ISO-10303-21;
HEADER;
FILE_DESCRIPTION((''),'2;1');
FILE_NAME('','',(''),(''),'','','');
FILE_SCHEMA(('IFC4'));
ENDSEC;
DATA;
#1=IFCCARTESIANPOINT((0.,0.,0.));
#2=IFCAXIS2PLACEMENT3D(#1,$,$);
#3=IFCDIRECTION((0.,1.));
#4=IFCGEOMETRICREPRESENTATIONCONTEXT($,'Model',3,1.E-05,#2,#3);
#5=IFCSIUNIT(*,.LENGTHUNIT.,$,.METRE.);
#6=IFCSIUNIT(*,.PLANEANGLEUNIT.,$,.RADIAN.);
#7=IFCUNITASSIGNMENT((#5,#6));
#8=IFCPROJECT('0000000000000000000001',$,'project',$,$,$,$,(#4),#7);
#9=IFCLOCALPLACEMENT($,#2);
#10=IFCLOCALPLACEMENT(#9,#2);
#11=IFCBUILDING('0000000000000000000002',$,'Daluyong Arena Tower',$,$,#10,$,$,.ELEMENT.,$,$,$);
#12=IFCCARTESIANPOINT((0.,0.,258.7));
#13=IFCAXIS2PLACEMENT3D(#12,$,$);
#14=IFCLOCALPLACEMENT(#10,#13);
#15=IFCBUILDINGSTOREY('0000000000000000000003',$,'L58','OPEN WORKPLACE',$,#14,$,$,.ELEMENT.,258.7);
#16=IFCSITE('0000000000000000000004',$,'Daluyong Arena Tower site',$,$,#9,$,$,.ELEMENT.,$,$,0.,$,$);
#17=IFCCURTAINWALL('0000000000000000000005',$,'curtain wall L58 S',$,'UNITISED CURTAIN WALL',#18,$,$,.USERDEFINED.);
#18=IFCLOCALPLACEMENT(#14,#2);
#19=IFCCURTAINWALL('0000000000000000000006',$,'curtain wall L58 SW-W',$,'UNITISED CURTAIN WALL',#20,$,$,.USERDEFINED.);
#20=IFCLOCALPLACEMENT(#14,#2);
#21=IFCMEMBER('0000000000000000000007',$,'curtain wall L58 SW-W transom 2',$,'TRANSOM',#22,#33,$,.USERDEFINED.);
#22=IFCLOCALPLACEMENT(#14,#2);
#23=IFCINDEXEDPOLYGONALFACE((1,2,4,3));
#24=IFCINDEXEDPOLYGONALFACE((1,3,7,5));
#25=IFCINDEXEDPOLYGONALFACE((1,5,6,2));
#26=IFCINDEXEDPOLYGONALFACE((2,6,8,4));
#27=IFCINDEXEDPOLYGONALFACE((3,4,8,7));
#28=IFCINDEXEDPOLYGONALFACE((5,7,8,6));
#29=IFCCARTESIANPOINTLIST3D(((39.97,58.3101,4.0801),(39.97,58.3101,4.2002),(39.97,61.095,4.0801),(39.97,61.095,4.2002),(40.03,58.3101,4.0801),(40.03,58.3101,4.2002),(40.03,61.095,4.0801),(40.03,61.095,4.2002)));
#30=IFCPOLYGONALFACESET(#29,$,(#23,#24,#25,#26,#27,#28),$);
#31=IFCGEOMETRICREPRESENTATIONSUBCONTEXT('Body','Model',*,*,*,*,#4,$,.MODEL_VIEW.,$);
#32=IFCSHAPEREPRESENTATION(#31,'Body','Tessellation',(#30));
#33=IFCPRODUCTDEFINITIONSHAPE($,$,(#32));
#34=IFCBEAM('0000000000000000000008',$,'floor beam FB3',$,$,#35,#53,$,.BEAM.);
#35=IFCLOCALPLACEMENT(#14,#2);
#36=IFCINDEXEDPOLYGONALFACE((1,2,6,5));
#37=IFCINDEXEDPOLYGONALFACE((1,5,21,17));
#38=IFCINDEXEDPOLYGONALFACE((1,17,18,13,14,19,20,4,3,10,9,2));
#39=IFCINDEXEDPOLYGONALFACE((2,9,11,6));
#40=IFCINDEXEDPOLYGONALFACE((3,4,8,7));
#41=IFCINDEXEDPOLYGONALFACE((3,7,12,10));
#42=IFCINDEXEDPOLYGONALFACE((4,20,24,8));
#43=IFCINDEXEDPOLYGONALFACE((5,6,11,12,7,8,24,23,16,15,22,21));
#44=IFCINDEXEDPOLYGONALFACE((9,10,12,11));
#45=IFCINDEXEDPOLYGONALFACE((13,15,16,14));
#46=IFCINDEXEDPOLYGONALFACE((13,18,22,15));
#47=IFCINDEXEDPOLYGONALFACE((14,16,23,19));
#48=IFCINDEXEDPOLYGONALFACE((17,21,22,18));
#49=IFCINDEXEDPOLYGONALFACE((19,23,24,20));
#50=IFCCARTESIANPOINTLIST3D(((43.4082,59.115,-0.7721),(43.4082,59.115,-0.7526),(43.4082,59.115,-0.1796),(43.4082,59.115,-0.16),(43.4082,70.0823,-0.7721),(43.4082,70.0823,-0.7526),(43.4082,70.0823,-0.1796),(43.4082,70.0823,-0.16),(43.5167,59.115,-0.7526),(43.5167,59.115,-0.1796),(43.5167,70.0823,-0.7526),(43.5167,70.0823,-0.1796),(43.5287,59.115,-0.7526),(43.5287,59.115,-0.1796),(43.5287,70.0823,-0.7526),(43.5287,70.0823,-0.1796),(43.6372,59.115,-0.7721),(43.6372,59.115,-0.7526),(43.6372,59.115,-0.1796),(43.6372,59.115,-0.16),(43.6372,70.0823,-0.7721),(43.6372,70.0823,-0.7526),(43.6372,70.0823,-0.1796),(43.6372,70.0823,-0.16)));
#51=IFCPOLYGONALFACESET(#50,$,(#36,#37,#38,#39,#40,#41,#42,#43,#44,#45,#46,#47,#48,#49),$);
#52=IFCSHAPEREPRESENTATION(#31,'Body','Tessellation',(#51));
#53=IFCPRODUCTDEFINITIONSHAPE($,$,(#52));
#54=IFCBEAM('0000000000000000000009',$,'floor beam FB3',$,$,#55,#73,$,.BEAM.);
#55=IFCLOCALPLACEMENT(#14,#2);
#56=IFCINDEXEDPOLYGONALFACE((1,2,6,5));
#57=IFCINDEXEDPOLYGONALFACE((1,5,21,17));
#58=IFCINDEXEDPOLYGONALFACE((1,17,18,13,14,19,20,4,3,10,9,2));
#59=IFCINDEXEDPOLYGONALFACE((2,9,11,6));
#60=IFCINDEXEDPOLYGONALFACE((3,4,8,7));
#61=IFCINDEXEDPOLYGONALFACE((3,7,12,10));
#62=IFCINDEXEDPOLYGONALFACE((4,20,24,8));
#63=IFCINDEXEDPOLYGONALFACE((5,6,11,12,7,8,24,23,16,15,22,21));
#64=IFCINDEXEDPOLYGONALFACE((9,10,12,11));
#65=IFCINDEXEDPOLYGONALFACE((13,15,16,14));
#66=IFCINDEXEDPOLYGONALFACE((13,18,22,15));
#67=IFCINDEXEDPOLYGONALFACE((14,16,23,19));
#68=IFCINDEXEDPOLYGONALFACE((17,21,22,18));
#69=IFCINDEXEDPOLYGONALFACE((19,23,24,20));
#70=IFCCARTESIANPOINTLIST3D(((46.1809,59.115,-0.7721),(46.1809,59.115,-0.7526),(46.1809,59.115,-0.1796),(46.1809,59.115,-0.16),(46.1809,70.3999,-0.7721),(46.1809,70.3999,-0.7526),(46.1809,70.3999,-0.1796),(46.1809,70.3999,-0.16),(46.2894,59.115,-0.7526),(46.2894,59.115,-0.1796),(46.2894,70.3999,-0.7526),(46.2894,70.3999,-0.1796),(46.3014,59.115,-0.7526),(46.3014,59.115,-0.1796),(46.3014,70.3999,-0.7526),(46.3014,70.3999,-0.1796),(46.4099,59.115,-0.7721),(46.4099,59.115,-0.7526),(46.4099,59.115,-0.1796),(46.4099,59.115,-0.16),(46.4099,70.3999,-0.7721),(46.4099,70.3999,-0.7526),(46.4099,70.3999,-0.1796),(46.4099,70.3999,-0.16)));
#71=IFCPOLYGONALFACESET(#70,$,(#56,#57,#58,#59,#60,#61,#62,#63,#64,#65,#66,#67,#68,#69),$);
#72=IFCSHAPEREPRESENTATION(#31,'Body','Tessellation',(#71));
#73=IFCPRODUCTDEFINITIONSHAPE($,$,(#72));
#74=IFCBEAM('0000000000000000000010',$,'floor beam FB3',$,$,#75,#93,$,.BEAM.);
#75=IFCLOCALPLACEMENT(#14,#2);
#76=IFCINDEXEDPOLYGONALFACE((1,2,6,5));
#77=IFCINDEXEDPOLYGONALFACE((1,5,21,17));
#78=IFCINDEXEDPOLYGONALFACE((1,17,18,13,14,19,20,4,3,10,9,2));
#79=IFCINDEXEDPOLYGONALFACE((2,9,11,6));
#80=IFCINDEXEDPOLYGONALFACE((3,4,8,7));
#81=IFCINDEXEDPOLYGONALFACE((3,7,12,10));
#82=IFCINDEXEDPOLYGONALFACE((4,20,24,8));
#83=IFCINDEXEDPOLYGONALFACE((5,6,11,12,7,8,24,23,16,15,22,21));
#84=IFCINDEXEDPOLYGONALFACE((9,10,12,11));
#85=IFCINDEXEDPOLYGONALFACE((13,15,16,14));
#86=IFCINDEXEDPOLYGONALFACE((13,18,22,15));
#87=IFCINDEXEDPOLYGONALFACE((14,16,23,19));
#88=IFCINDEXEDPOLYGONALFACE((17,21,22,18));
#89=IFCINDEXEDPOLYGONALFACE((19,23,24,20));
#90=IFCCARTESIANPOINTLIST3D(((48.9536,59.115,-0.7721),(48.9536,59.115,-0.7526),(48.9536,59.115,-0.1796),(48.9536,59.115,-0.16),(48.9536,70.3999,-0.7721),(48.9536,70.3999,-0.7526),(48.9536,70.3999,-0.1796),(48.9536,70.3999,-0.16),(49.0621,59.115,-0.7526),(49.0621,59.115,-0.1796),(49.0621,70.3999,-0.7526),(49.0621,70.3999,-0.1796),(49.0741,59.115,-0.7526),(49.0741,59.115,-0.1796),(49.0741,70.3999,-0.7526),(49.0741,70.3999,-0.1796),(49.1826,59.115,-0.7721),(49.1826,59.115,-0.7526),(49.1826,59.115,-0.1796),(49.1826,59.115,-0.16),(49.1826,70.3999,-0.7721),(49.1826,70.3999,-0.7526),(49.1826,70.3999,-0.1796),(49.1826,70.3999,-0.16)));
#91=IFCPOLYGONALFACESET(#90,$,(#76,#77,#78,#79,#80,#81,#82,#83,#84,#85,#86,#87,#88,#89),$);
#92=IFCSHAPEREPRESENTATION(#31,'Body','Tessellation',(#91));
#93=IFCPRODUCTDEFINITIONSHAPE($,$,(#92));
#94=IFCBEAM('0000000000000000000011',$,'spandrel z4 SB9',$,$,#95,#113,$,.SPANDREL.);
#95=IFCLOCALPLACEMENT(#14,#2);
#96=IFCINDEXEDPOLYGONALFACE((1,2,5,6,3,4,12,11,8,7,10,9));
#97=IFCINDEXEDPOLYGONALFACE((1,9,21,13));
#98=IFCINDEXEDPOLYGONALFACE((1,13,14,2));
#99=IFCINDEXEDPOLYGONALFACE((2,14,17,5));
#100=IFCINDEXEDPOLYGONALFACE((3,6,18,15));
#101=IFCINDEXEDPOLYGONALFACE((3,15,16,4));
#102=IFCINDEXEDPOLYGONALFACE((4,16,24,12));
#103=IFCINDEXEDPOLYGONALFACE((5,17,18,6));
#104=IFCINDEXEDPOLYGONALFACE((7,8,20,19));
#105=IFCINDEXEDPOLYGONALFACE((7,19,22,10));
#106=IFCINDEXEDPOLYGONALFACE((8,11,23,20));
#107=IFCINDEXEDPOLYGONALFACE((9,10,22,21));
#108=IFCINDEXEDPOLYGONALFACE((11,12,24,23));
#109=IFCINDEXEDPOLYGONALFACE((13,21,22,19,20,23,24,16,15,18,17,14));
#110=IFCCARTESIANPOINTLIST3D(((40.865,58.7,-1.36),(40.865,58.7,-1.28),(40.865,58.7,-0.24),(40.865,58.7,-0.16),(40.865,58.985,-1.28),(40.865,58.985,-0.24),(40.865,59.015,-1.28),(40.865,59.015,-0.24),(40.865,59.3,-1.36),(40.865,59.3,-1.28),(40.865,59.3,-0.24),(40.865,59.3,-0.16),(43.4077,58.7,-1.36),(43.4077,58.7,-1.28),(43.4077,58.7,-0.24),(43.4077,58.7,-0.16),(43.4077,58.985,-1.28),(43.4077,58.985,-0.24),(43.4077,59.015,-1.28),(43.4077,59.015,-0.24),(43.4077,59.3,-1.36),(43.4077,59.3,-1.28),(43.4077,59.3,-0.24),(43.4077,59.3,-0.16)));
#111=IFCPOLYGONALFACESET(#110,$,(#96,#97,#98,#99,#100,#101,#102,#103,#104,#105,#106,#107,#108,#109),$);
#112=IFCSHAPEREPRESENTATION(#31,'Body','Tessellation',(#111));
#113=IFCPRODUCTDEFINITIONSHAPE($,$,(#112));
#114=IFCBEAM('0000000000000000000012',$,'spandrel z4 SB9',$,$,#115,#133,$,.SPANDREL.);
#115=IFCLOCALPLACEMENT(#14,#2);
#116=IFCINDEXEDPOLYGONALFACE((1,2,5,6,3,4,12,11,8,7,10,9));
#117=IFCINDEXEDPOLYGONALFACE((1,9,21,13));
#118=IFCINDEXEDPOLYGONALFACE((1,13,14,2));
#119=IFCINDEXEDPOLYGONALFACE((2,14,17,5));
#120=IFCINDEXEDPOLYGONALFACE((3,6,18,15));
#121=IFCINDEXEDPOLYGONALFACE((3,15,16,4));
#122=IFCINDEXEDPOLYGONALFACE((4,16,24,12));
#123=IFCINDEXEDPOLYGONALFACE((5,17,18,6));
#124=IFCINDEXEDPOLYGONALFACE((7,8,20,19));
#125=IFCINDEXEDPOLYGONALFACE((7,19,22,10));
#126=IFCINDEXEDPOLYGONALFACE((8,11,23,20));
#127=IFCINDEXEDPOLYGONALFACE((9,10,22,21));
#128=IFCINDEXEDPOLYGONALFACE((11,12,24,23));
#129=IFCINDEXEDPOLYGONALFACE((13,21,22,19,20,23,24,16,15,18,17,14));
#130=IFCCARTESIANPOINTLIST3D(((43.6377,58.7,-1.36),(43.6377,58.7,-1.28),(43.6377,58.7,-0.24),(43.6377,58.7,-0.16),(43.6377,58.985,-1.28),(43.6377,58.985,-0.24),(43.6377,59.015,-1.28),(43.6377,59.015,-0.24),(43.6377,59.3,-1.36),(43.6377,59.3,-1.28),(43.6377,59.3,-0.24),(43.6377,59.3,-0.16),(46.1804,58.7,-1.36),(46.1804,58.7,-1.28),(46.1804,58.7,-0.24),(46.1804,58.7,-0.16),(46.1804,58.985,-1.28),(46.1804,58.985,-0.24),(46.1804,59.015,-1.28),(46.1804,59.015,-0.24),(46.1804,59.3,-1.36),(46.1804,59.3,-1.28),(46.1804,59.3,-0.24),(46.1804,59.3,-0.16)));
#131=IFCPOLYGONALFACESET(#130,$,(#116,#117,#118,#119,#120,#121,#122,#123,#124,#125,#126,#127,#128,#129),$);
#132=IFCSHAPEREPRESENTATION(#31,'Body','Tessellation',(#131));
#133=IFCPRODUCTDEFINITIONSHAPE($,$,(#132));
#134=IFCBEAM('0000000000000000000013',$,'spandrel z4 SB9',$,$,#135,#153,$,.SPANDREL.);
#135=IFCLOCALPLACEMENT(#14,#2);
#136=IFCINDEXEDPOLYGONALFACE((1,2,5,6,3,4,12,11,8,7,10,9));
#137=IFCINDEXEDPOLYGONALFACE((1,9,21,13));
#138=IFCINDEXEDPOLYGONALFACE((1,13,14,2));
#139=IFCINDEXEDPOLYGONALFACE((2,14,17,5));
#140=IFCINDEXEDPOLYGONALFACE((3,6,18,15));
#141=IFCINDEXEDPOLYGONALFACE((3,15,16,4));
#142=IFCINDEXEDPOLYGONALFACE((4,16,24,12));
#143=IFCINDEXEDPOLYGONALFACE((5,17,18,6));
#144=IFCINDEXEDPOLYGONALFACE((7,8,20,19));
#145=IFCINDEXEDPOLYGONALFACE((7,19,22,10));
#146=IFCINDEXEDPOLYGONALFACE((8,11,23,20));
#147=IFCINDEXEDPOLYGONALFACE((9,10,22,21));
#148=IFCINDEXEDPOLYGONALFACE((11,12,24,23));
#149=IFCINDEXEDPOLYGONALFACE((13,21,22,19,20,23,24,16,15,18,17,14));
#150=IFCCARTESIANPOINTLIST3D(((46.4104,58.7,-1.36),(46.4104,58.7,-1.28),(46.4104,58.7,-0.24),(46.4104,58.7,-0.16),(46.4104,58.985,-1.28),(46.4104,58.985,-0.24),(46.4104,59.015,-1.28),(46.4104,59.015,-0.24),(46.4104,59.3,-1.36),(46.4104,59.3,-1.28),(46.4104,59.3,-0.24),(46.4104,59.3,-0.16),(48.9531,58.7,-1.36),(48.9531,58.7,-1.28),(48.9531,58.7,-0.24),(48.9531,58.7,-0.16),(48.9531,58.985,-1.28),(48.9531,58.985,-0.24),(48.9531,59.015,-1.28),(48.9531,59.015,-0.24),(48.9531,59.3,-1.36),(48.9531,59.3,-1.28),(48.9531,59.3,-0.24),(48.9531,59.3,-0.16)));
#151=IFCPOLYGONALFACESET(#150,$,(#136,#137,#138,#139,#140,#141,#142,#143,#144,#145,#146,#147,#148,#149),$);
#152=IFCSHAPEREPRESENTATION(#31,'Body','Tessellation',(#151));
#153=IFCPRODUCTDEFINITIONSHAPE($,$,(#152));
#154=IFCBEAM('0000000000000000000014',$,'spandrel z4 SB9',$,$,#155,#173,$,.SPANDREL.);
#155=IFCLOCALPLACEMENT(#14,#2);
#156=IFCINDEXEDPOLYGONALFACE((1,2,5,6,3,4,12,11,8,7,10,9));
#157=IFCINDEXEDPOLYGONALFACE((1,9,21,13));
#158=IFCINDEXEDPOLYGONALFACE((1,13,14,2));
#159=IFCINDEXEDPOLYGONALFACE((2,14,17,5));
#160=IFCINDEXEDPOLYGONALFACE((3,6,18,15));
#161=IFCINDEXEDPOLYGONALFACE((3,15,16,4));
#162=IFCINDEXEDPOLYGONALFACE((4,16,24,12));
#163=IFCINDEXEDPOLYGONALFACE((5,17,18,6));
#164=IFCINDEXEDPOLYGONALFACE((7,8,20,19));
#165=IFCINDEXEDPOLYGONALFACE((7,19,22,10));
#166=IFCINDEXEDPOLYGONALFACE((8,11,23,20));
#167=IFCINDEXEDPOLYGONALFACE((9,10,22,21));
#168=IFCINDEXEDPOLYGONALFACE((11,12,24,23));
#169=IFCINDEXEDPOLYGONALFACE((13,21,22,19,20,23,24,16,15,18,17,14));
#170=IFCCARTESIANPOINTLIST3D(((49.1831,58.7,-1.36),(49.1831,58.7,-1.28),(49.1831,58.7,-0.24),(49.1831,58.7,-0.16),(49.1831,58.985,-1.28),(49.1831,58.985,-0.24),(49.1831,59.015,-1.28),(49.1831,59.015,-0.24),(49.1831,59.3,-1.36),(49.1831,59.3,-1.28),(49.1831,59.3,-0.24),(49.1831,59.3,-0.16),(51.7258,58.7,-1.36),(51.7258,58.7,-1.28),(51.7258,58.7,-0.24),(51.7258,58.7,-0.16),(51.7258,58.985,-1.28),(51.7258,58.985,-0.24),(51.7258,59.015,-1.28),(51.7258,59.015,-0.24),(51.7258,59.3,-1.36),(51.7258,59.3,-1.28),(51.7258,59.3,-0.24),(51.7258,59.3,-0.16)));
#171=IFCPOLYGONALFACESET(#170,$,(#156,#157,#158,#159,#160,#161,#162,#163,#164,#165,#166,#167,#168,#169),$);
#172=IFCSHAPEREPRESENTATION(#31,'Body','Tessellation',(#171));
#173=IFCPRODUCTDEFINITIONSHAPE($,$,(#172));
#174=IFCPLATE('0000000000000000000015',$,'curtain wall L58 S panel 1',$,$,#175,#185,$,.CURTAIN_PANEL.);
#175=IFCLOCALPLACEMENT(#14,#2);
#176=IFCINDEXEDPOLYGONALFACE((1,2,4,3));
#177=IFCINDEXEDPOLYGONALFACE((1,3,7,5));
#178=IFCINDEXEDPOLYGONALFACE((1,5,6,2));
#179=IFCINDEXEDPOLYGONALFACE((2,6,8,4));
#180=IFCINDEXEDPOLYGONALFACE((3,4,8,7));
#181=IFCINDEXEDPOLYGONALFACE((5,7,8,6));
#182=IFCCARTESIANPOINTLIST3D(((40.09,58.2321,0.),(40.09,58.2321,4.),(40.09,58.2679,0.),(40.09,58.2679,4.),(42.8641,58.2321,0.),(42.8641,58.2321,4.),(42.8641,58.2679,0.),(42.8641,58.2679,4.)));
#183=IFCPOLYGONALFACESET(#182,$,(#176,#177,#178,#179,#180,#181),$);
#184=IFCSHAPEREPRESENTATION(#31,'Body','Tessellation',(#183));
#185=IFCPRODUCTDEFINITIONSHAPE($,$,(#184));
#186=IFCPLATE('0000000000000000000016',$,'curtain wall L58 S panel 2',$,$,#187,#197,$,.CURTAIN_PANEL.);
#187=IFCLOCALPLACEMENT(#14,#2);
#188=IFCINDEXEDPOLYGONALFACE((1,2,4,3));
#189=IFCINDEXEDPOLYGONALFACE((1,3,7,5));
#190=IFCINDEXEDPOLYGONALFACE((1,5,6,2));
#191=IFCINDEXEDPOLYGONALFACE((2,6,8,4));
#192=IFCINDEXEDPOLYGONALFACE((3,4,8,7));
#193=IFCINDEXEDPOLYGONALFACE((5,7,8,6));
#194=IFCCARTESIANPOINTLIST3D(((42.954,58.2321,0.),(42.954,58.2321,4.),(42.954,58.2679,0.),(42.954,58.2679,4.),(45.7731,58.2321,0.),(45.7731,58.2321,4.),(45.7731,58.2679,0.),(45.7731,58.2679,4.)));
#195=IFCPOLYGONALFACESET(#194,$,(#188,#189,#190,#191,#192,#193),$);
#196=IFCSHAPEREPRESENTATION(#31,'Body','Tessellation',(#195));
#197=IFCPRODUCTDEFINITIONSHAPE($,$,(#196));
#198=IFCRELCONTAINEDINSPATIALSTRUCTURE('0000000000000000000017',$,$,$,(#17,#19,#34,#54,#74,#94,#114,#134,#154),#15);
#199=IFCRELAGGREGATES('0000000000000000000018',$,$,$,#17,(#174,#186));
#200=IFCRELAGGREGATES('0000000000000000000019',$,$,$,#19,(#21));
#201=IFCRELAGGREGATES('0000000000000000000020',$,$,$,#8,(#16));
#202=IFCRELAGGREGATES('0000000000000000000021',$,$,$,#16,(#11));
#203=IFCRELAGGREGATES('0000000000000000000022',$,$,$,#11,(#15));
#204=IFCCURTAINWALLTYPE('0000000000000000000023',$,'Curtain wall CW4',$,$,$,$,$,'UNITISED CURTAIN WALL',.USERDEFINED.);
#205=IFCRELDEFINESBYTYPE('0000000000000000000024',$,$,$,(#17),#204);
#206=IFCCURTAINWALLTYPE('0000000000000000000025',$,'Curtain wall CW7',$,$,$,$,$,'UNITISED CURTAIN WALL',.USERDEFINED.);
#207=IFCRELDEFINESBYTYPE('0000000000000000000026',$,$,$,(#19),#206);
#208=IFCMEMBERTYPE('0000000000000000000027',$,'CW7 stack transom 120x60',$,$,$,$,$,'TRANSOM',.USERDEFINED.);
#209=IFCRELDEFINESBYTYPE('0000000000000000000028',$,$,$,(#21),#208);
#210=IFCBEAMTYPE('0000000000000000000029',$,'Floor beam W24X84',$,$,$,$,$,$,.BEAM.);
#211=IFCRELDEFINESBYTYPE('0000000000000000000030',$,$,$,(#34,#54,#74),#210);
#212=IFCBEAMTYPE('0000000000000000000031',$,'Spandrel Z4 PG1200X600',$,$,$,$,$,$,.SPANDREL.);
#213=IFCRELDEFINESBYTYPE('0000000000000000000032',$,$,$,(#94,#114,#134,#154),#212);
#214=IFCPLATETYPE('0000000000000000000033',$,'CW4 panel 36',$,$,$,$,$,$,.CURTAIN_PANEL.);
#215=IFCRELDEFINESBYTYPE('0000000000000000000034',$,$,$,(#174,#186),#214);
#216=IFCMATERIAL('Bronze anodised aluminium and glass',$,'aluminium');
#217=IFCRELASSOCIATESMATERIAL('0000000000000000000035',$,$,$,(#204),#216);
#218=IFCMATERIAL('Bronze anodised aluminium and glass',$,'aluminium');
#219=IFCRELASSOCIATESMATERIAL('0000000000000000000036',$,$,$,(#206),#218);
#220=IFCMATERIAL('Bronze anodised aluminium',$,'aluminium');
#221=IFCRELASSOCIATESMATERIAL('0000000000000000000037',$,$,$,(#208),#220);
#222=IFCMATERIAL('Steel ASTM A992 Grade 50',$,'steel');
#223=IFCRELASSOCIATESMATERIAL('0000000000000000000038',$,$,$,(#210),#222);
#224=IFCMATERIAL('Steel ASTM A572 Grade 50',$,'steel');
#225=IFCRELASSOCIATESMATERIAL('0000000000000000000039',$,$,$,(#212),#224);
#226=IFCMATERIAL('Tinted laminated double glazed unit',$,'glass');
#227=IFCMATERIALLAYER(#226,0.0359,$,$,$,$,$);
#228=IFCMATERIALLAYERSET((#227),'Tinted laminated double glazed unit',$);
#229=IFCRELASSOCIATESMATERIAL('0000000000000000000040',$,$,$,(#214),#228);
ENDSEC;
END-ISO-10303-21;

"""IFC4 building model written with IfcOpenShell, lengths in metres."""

from ifc_helpers import new_model, si_unit, direction, frame, origin, origin_2d, place, context, subcontext, project, spatial, rectangle, i_section, extrude, material, layer, layer_set, material_profile, profile_set, type_object, element, aggregate, save


model = new_model("IFC4")

# Units and contexts
model_context = context("Model", 3, precision=1e-05, world=origin(), true_north=direction((0.0, 1.0)))
body_context = subcontext(model_context, "Body", "Model", "MODEL_VIEW")
ifc_project = project(units=[si_unit("LENGTHUNIT", "METRE"), si_unit("PLANEANGLEUNIT", "RADIAN")], contexts=[model_context])

# Site, building, storey
site_placement = place(None, origin())
site = spatial("IfcSite", under=ifc_project, at=site_placement, Name="Daluyong Arena Tower site", CompositionType="ELEMENT", RefElevation=0.0)
building_placement = place(site_placement, origin())
building = spatial("IfcBuilding", under=site, at=building_placement, Name="Daluyong Arena Tower", CompositionType="ELEMENT")
storey_placement = place(building_placement, frame((0.0, 0.0, 258.7)))
storey = spatial("IfcBuildingStorey", under=building, at=storey_placement, Name="L58", Description="OPEN WORKPLACE", CompositionType="ELEMENT", Elevation=258.7)

# Curtain walls, member
ifc_material_1 = material(Name="Bronze anodised aluminium and glass", Category="aluminium")
curtain_wall_type_1 = type_object("IfcCurtainWallType", Name="Curtain wall CW4", ElementType="UNITISED CURTAIN WALL", PredefinedType="USERDEFINED", material=ifc_material_1)
curtain_wall_1_placement = place(storey_placement, origin())
curtain_wall_1 = element("IfcCurtainWall", 1, at=curtain_wall_1_placement, inside=storey, type_object=curtain_wall_type_1, Name="curtain wall L58 S", ObjectType="UNITISED CURTAIN WALL", PredefinedType="USERDEFINED")
ifc_material_2 = material(Name="Bronze anodised aluminium and glass", Category="aluminium")
curtain_wall_type_2 = type_object("IfcCurtainWallType", Name="Curtain wall CW7", ElementType="UNITISED CURTAIN WALL", PredefinedType="USERDEFINED", material=ifc_material_2)
curtain_wall_2_placement = place(storey_placement, origin())
curtain_wall_2 = element("IfcCurtainWall", 2, at=curtain_wall_2_placement, inside=storey, type_object=curtain_wall_type_2, Name="curtain wall L58 SW-W", ObjectType="UNITISED CURTAIN WALL", PredefinedType="USERDEFINED")
ifc_material_3 = material(Name="Bronze anodised aluminium", Category="aluminium")
ifc_material_profile_1 = material_profile(ifc_material_3, rectangle(XDim=0.0601, YDim=0.1201, at=origin_2d()))
ifc_profile_set_1 = profile_set([ifc_material_profile_1], Name="Bronze anodised aluminium")
member_type_1 = type_object("IfcMemberType", Name="CW7 stack transom 120x60", ElementType="TRANSOM", PredefinedType="USERDEFINED", material=ifc_profile_set_1)
member_1_placement = place(storey_placement, frame((40.0, 61.095, 4.1401), z_axis=(0.0, -1.0, 0.0), x_axis=(1.0, 0.0, 0.0)))
member_1 = element("IfcMember", 3, at=member_1_placement, type_object=member_type_1, Name="curtain wall L58 SW-W transom 2", ObjectType="TRANSOM", PredefinedType="USERDEFINED", context=body_context, shape_type="SweptSolid", body=[
    extrude(rectangle(XDim=0.0601, YDim=0.1201, at=origin_2d()), origin(), (0.0, 0.0, 1.0), 2.7849),
])

# Beams
ifc_material_4 = material(Name="Steel ASTM A992 Grade 50", Category="steel")
ifc_material_profile_2 = material_profile(ifc_material_4, i_section(OverallWidth=0.229, OverallDepth=0.6121, WebThickness=0.012, FlangeThickness=0.0195, at=origin_2d()))
ifc_profile_set_2 = profile_set([ifc_material_profile_2], Name="Steel ASTM A992 Grade 50")
beam_type_1 = type_object("IfcBeamType", Name="Floor beam W24X84", PredefinedType="BEAM", material=ifc_profile_set_2)
beam_placement = place(storey_placement, frame((43.5227, 59.115, -0.4661), z_axis=(0.0, 1.0, 0.0), x_axis=(-1.0, 0.0, 0.0)))
element("IfcBeam", 4, at=beam_placement, inside=storey, type_object=beam_type_1, Name="floor beam FB3", PredefinedType="BEAM", context=body_context, shape_type="SweptSolid", body=[
    extrude(i_section(OverallWidth=0.229, OverallDepth=0.6121, WebThickness=0.012, FlangeThickness=0.0195, at=origin_2d()), origin(), (0.0, 0.0, 1.0), 10.9673),
])
for number, where, z_axis, x_axis, name in (
    (5, (46.2954, 59.115, -0.4661), (0.0, 1.0, 0.0), (-1.0, 0.0, 0.0), "floor beam FB3"),
    (6, (49.0681, 59.115, -0.4661), (0.0, 1.0, 0.0), (-1.0, 0.0, 0.0), "floor beam FB3"),
):
    element("IfcBeam", number, at=place(storey_placement, frame(where, z_axis=z_axis, x_axis=x_axis)), inside=storey, type_object=beam_type_1, Name=name, PredefinedType="BEAM", context=body_context, shape_type="SweptSolid", body=[
        extrude(i_section(OverallWidth=0.229, OverallDepth=0.6121, WebThickness=0.012, FlangeThickness=0.0195, at=origin_2d()), origin(), (0.0, 0.0, 1.0), 11.2849),
    ])
ifc_material_5 = material(Name="Steel ASTM A572 Grade 50", Category="steel")
ifc_material_profile_3 = material_profile(ifc_material_5, i_section(OverallWidth=0.6001, OverallDepth=1.2, WebThickness=0.03, FlangeThickness=0.08, at=origin_2d()))
ifc_profile_set_3 = profile_set([ifc_material_profile_3], Name="Steel ASTM A572 Grade 50")
beam_type_2 = type_object("IfcBeamType", Name="Spandrel Z4 PG1200X600", PredefinedType="SPANDREL", material=ifc_profile_set_3)
for number, where, z_axis, x_axis, name in (
    (7, (40.865, 59.0, -0.76), (1.0, 0.0, 0.0), (0.0, 1.0, 0.0), "spandrel z4 SB9"),
    (8, (43.6377, 59.0, -0.76), (1.0, 0.0, 0.0), (0.0, 1.0, 0.0), "spandrel z4 SB9"),
    (9, (46.4104, 59.0, -0.76), (1.0, 0.0, 0.0), (0.0, 1.0, 0.0), "spandrel z4 SB9"),
    (10, (49.1831, 59.0, -0.76), (1.0, 0.0, 0.0), (0.0, 1.0, 0.0), "spandrel z4 SB9"),
):
    element("IfcBeam", number, at=place(storey_placement, frame(where, z_axis=z_axis, x_axis=x_axis)), inside=storey, type_object=beam_type_2, Name=name, PredefinedType="SPANDREL", context=body_context, shape_type="SweptSolid", body=[
        extrude(i_section(OverallWidth=0.6001, OverallDepth=1.2, WebThickness=0.03, FlangeThickness=0.08, at=origin_2d()), origin(), (0.0, 0.0, 1.0), 2.5427),
    ])

# Plates
ifc_material_6 = material(Name="Tinted laminated double glazed unit", Category="glass")
ifc_layer_1 = layer(ifc_material_6, 0.0359)
ifc_layer_set_1 = layer_set([ifc_layer_1], Name="Tinted laminated double glazed unit")
plate_type_1 = type_object("IfcPlateType", Name="CW4 panel 36", PredefinedType="CURTAIN_PANEL", material=ifc_layer_set_1)
plate_1_placement = place(storey_placement, frame((41.4771, 58.25, 0.0), z_axis=(0.0, 0.0, 1.0), x_axis=(1.0, 0.0, 0.0)))
plate_1 = element("IfcPlate", 11, at=plate_1_placement, type_object=plate_type_1, Name="curtain wall L58 S panel 1", PredefinedType="CURTAIN_PANEL", context=body_context, shape_type="SweptSolid", body=[
    extrude(rectangle(XDim=2.7742, YDim=0.0359, at=origin_2d()), origin(), (0.0, 0.0, 1.0), 4.0),
])
plate_2_placement = place(storey_placement, frame((44.3635, 58.25, 0.0), z_axis=(0.0, 0.0, 1.0), x_axis=(1.0, 0.0, 0.0)))
plate_2 = element("IfcPlate", 12, at=plate_2_placement, type_object=plate_type_1, Name="curtain wall L58 S panel 2", PredefinedType="CURTAIN_PANEL", context=body_context, shape_type="SweptSolid", body=[
    extrude(rectangle(XDim=2.8191, YDim=0.0359, at=origin_2d()), origin(), (0.0, 0.0, 1.0), 4.0),
])
aggregate(curtain_wall_1, [plate_1, plate_2])
aggregate(curtain_wall_2, [member_1])

save(model, "model.ifc")
